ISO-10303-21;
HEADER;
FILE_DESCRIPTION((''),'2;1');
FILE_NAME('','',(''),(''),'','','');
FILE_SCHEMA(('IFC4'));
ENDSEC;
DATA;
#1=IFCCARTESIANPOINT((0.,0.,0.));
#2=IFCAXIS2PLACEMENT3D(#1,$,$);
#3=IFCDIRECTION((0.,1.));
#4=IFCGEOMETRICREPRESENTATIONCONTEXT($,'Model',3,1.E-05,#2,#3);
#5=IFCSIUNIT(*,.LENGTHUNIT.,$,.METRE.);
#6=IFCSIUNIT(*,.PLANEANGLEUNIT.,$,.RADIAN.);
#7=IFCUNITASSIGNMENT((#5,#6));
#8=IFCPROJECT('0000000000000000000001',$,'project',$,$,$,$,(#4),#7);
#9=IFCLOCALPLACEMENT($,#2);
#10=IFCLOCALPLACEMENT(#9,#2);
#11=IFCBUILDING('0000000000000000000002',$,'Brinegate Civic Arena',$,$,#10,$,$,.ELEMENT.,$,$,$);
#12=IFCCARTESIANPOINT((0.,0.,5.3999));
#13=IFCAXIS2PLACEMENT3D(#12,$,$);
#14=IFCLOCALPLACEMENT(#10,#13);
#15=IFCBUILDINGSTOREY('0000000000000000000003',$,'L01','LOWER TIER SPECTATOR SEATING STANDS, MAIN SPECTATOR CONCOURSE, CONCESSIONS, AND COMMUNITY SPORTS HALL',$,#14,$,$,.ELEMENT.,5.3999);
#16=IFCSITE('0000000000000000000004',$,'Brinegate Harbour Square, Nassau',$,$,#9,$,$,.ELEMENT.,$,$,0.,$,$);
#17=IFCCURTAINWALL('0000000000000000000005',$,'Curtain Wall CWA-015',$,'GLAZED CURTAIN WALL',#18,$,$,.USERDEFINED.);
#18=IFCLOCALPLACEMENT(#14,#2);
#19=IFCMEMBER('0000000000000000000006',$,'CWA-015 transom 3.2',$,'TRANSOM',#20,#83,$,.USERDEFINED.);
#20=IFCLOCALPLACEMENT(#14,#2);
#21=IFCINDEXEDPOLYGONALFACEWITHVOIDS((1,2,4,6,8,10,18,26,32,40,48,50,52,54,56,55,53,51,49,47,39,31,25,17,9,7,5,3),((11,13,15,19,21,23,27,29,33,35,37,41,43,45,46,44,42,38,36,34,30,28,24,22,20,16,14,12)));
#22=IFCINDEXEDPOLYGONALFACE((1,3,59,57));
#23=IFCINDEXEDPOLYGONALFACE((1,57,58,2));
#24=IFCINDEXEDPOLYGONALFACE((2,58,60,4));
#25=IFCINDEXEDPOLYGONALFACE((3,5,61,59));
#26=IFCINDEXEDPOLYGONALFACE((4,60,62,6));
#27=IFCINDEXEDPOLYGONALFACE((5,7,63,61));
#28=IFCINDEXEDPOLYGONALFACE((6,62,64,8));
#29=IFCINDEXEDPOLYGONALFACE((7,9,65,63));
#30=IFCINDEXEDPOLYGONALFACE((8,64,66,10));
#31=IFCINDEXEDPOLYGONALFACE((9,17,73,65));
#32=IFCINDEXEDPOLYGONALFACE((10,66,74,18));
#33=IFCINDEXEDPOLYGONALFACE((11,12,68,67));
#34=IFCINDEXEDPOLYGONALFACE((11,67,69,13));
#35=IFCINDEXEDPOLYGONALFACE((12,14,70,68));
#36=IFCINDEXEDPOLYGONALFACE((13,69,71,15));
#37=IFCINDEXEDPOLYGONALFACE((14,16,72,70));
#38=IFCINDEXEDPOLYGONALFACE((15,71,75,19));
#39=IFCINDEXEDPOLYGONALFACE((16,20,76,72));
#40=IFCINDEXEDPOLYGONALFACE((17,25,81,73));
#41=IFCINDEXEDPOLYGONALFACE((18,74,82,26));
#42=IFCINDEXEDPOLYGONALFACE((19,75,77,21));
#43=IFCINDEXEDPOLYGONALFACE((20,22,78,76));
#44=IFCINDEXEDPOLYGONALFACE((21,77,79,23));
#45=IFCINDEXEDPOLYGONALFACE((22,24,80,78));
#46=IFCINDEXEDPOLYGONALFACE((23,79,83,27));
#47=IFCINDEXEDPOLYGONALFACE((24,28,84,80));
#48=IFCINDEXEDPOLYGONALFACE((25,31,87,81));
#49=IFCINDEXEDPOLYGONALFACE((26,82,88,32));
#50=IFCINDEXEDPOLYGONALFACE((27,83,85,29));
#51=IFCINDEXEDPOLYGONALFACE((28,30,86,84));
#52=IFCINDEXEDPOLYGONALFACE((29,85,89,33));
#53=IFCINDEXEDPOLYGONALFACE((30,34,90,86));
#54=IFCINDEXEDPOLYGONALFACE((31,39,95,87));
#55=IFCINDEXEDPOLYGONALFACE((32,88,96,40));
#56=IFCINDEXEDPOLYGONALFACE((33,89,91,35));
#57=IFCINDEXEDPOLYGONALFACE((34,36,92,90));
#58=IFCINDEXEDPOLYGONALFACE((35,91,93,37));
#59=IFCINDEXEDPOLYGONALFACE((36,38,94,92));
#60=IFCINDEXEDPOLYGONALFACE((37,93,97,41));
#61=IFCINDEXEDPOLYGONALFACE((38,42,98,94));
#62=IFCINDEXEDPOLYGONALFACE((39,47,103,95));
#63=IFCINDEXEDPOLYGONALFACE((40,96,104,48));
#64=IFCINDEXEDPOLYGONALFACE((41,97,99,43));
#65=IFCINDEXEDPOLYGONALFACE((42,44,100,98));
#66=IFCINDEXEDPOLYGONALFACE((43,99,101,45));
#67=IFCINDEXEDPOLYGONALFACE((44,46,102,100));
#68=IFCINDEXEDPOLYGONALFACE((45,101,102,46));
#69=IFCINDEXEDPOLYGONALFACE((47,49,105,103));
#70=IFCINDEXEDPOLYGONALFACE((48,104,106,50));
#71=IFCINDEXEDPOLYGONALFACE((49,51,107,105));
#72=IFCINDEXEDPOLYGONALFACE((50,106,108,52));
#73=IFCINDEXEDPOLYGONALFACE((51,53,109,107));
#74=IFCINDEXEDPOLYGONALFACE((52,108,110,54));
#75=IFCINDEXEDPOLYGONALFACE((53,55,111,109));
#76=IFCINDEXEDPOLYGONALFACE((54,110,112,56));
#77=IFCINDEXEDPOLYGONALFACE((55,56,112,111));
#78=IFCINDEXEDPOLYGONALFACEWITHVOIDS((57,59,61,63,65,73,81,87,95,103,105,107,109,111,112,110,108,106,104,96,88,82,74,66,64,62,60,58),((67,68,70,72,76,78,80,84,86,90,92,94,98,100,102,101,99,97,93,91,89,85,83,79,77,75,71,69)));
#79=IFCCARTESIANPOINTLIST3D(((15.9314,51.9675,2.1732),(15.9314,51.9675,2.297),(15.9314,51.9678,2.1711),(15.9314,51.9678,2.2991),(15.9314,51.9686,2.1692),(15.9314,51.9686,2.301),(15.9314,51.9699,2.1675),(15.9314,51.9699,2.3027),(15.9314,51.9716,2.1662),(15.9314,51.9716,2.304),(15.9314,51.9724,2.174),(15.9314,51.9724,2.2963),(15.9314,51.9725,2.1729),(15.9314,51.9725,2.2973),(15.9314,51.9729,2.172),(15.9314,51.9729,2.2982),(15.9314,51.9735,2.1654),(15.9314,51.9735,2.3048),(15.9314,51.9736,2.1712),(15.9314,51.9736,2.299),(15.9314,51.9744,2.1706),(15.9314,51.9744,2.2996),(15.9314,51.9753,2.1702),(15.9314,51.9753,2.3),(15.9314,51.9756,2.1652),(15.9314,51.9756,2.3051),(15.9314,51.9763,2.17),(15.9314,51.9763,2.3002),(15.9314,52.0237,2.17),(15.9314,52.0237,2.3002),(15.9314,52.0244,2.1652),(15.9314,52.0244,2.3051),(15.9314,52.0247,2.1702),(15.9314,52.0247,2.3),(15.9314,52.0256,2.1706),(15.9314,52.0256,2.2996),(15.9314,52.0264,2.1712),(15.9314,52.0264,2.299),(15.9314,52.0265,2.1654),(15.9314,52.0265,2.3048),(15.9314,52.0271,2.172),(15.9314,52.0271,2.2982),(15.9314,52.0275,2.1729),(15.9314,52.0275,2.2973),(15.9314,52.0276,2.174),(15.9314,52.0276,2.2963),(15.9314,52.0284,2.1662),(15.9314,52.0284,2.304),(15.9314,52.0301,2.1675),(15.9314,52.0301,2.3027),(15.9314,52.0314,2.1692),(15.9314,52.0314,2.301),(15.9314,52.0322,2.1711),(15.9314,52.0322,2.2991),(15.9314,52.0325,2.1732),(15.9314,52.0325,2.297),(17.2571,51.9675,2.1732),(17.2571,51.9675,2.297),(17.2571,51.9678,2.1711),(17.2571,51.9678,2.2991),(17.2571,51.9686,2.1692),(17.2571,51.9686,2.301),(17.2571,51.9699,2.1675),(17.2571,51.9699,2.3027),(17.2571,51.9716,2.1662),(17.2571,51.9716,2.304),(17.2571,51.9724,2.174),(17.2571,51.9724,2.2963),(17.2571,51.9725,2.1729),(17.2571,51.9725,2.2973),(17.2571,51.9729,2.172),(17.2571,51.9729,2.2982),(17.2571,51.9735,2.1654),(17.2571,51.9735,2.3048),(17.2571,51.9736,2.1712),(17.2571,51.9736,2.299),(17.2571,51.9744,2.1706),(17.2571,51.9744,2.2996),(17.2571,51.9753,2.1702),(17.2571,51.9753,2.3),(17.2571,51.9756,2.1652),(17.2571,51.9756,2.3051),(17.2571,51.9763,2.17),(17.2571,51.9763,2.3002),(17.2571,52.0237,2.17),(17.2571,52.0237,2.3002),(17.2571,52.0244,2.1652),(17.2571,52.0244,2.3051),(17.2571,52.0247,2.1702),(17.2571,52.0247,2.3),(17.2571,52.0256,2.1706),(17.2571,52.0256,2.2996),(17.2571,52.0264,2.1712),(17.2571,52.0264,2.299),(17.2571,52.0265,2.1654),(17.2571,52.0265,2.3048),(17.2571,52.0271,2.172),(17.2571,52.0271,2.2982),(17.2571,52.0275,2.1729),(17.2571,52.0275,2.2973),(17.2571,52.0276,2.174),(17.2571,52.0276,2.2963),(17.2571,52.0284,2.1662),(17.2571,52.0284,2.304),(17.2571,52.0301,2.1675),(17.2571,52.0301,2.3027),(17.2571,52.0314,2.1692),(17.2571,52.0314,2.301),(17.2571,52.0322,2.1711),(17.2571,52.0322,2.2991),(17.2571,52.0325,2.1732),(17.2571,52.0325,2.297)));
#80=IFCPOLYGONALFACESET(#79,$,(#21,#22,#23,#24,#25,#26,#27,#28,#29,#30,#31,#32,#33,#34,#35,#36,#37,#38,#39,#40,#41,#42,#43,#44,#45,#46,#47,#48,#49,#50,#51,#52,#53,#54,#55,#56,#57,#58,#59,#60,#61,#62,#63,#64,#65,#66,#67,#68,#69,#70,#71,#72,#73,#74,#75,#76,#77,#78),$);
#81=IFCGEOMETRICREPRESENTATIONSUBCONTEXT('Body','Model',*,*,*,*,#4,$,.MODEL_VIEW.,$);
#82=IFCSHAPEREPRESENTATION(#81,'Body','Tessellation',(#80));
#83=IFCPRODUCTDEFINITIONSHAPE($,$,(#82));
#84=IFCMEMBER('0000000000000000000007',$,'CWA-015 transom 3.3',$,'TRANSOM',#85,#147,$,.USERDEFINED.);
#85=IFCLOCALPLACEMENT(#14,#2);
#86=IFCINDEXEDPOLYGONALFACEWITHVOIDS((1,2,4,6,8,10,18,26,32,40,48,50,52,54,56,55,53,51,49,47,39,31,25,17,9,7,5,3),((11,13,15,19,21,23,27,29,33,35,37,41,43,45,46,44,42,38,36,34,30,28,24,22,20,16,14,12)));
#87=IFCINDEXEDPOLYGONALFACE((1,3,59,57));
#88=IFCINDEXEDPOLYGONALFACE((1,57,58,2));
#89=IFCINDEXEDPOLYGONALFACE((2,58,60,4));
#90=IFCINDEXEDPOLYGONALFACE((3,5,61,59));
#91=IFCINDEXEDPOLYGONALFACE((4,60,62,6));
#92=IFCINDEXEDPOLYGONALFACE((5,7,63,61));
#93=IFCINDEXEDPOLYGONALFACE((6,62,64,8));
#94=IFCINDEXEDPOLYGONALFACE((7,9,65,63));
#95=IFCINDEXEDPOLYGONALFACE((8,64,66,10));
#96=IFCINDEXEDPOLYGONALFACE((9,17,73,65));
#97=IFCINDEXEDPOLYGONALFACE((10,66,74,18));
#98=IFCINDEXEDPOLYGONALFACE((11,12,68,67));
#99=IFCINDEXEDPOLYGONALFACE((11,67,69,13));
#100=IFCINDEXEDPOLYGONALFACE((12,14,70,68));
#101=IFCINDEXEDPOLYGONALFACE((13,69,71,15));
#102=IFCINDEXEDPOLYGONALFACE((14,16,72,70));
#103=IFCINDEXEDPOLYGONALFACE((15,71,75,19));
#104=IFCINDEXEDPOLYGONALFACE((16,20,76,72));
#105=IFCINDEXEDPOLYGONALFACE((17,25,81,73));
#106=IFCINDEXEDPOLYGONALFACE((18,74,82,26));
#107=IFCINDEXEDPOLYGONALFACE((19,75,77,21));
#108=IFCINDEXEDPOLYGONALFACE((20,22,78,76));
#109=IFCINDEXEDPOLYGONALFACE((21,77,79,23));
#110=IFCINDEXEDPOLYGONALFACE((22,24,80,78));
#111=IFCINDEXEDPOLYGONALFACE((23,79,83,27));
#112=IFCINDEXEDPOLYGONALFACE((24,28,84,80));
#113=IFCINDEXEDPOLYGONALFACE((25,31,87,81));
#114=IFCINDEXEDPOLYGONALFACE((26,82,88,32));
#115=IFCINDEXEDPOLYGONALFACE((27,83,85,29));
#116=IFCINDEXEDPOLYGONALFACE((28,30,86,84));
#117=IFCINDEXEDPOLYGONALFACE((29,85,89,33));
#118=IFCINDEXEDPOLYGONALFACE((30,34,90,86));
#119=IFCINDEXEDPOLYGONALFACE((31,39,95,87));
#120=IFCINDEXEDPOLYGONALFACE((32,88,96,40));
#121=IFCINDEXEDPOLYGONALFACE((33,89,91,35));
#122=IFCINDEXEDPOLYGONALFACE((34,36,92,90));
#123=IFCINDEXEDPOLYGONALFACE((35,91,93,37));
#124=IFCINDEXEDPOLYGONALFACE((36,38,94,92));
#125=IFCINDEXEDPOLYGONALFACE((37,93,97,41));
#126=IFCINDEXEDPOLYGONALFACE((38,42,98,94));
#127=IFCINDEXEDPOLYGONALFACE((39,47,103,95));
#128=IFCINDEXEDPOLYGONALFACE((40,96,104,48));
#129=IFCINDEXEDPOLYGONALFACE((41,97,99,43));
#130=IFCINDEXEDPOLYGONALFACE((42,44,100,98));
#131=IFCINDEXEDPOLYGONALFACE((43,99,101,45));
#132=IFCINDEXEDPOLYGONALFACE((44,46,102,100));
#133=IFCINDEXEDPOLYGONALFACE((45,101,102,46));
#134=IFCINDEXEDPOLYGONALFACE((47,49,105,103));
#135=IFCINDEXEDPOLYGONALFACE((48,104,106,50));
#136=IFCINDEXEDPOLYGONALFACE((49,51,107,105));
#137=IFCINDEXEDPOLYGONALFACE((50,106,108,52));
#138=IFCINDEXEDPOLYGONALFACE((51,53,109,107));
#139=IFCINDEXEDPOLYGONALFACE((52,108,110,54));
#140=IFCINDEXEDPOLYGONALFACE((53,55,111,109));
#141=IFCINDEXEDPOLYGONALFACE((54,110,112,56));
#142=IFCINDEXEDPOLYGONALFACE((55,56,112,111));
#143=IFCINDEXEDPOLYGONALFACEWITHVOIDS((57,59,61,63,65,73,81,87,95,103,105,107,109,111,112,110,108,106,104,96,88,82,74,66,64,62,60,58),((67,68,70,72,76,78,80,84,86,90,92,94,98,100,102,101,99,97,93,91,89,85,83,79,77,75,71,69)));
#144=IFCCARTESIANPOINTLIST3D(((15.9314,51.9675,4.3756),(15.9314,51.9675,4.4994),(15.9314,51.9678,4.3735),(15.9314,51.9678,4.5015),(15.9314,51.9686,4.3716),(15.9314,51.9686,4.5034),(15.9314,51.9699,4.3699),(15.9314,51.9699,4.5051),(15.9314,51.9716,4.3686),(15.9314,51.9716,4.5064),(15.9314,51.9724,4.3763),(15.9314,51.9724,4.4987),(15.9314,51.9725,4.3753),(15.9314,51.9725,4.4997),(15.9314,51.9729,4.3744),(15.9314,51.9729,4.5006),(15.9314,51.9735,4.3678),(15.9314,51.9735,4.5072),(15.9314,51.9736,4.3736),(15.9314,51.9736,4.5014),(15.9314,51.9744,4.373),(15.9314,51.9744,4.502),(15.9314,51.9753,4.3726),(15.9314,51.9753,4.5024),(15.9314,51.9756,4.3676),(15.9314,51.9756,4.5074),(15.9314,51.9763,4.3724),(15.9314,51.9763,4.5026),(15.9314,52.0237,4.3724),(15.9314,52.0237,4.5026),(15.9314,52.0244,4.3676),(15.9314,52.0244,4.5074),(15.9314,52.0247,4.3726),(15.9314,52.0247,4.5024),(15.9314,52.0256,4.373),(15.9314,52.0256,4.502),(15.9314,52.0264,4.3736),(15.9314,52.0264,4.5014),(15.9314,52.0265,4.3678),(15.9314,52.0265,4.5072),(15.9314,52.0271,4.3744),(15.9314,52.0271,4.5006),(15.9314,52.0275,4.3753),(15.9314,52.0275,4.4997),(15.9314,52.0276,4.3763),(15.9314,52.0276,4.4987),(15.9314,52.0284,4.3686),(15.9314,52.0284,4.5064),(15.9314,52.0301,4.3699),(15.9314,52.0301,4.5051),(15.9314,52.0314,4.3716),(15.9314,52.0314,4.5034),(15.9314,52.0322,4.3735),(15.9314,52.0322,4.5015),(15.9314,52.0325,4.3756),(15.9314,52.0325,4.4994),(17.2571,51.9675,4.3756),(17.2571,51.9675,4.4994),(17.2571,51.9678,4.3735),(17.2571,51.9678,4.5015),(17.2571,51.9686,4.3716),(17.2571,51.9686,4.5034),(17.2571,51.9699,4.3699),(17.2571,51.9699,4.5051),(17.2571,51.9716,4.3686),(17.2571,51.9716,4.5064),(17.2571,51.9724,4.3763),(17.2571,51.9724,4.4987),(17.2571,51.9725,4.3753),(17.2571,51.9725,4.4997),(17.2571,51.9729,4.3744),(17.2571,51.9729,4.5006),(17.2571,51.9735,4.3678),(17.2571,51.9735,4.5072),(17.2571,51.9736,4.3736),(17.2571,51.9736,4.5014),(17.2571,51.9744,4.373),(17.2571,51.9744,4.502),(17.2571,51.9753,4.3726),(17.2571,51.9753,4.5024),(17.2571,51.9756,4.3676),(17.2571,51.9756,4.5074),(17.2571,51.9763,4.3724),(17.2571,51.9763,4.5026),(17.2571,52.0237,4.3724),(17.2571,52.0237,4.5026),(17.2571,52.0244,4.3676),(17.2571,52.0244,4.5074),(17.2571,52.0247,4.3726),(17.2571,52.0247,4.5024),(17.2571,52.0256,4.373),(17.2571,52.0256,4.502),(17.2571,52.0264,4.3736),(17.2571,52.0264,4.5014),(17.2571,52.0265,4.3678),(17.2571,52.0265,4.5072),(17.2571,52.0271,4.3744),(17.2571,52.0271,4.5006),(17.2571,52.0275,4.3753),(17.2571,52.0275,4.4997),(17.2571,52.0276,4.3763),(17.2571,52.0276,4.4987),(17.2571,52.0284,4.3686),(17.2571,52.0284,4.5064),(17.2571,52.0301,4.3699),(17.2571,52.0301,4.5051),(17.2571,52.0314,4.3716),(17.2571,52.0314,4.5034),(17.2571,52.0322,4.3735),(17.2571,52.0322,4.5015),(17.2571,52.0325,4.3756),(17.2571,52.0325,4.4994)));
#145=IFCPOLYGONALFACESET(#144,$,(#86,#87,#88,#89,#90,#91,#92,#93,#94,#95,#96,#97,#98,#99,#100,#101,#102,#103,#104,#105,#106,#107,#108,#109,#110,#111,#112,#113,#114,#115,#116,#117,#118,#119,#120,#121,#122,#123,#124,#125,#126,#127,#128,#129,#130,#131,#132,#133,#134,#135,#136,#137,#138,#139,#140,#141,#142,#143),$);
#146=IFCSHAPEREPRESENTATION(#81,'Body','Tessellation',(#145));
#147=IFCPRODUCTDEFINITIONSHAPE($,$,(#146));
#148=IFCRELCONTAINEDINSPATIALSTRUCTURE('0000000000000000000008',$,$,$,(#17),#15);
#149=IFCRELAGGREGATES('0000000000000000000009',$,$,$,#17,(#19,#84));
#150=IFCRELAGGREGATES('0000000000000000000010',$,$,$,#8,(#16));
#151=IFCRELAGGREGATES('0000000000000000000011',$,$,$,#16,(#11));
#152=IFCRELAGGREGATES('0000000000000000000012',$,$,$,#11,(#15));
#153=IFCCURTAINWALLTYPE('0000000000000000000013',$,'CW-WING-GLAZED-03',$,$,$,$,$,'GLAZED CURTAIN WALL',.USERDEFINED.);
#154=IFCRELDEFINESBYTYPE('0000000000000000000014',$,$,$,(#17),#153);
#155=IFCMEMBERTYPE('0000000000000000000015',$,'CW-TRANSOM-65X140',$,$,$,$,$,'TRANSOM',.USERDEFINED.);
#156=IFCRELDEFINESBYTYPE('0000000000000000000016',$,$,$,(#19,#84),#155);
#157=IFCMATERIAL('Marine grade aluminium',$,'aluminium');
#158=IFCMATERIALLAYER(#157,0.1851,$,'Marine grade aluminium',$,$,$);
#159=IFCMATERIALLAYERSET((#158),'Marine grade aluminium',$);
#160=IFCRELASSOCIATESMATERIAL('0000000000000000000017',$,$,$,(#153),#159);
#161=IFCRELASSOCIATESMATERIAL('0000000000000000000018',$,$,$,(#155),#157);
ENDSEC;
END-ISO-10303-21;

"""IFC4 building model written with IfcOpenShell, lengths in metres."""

from ifc_helpers import new_model, si_unit, direction, frame, origin, origin_2d, place, context, subcontext, project, spatial, hollow_rectangle, extrude, material, layer, layer_set, material_profile, profile_set, type_object, element, aggregate, save


model = new_model("IFC4")

# Units and contexts
model_context = context("Model", 3, precision=1e-05, world=origin(), true_north=direction((0.0, 1.0)))
body_context = subcontext(model_context, "Body", "Model", "MODEL_VIEW")
ifc_project = project(units=[si_unit("LENGTHUNIT", "METRE"), si_unit("PLANEANGLEUNIT", "RADIAN")], contexts=[model_context])

# Site, building, storey
site_placement = place(None, origin())
site = spatial("IfcSite", under=ifc_project, at=site_placement, Name="Brinegate Harbour Square, Nassau", CompositionType="ELEMENT", RefElevation=0.0)
building_placement = place(site_placement, origin())
building = spatial("IfcBuilding", under=site, at=building_placement, Name="Brinegate Civic Arena", CompositionType="ELEMENT")
storey_placement = place(building_placement, frame((0.0, 0.0, 5.3999)))
storey = spatial("IfcBuildingStorey", under=building, at=storey_placement, Name="L01", Description="LOWER TIER SPECTATOR SEATING STANDS, MAIN SPECTATOR CONCOURSE, CONCESSIONS, AND COMMUNITY SPORTS HALL", CompositionType="ELEMENT", Elevation=5.3999)

# Curtain wall, members
ifc_material_1 = material(Name="Marine grade aluminium", Category="aluminium")
ifc_layer_1 = layer(ifc_material_1, 0.1851, Name="Marine grade aluminium")
ifc_layer_set_1 = layer_set([ifc_layer_1], Name="Marine grade aluminium")
curtain_wall_type = type_object("IfcCurtainWallType", Name="CW-WING-GLAZED-03", ElementType="GLAZED CURTAIN WALL", PredefinedType="USERDEFINED", material=ifc_layer_set_1)
curtain_wall_placement = place(storey_placement, origin())
curtain_wall = element("IfcCurtainWall", 1, at=curtain_wall_placement, inside=storey, type_object=curtain_wall_type, Name="Curtain Wall CWA-015", ObjectType="GLAZED CURTAIN WALL", PredefinedType="USERDEFINED")
ifc_material_profile_1 = material_profile(ifc_material_1, hollow_rectangle(XDim=0.0649, YDim=0.1399, WallThickness=0.0049, InnerFilletRadius=0.0039, OuterFilletRadius=0.0081, at=origin_2d()), Name="TRN65X140")
ifc_profile_set_1 = profile_set([ifc_material_profile_1], Name="Marine grade aluminium")
member_type_1 = type_object("IfcMemberType", Name="CW-TRANSOM-65X140", ElementType="TRANSOM", PredefinedType="USERDEFINED", material=ifc_profile_set_1)
member_1_placement = place(storey_placement, frame((15.9314, 52.0, 2.2351), z_axis=(1.0, 0.0, 0.0), x_axis=(0.0, 1.0, 0.0)))
member_1 = element("IfcMember", 2, at=member_1_placement, type_object=member_type_1, Name="CWA-015 transom 3.2", ObjectType="TRANSOM", PredefinedType="USERDEFINED", context=body_context, shape_type="SweptSolid", body=[
    extrude(hollow_rectangle(XDim=0.0649, YDim=0.1399, WallThickness=0.0049, InnerFilletRadius=0.0039, OuterFilletRadius=0.0081, at=origin_2d()), origin(), (0.0, 0.0, 1.0), 1.3257),
])
member_2_placement = place(storey_placement, frame((15.9314, 52.0, 4.4375), z_axis=(1.0, 0.0, 0.0), x_axis=(0.0, 1.0, 0.0)))
member_2 = element("IfcMember", 3, at=member_2_placement, type_object=member_type_1, Name="CWA-015 transom 3.3", ObjectType="TRANSOM", PredefinedType="USERDEFINED", context=body_context, shape_type="SweptSolid", body=[
    extrude(hollow_rectangle(XDim=0.0649, YDim=0.1399, WallThickness=0.0049, InnerFilletRadius=0.0039, OuterFilletRadius=0.0081, at=origin_2d()), origin(), (0.0, 0.0, 1.0), 1.3257),
])
aggregate(curtain_wall, [member_1, member_2])

save(model, "model.ifc")
